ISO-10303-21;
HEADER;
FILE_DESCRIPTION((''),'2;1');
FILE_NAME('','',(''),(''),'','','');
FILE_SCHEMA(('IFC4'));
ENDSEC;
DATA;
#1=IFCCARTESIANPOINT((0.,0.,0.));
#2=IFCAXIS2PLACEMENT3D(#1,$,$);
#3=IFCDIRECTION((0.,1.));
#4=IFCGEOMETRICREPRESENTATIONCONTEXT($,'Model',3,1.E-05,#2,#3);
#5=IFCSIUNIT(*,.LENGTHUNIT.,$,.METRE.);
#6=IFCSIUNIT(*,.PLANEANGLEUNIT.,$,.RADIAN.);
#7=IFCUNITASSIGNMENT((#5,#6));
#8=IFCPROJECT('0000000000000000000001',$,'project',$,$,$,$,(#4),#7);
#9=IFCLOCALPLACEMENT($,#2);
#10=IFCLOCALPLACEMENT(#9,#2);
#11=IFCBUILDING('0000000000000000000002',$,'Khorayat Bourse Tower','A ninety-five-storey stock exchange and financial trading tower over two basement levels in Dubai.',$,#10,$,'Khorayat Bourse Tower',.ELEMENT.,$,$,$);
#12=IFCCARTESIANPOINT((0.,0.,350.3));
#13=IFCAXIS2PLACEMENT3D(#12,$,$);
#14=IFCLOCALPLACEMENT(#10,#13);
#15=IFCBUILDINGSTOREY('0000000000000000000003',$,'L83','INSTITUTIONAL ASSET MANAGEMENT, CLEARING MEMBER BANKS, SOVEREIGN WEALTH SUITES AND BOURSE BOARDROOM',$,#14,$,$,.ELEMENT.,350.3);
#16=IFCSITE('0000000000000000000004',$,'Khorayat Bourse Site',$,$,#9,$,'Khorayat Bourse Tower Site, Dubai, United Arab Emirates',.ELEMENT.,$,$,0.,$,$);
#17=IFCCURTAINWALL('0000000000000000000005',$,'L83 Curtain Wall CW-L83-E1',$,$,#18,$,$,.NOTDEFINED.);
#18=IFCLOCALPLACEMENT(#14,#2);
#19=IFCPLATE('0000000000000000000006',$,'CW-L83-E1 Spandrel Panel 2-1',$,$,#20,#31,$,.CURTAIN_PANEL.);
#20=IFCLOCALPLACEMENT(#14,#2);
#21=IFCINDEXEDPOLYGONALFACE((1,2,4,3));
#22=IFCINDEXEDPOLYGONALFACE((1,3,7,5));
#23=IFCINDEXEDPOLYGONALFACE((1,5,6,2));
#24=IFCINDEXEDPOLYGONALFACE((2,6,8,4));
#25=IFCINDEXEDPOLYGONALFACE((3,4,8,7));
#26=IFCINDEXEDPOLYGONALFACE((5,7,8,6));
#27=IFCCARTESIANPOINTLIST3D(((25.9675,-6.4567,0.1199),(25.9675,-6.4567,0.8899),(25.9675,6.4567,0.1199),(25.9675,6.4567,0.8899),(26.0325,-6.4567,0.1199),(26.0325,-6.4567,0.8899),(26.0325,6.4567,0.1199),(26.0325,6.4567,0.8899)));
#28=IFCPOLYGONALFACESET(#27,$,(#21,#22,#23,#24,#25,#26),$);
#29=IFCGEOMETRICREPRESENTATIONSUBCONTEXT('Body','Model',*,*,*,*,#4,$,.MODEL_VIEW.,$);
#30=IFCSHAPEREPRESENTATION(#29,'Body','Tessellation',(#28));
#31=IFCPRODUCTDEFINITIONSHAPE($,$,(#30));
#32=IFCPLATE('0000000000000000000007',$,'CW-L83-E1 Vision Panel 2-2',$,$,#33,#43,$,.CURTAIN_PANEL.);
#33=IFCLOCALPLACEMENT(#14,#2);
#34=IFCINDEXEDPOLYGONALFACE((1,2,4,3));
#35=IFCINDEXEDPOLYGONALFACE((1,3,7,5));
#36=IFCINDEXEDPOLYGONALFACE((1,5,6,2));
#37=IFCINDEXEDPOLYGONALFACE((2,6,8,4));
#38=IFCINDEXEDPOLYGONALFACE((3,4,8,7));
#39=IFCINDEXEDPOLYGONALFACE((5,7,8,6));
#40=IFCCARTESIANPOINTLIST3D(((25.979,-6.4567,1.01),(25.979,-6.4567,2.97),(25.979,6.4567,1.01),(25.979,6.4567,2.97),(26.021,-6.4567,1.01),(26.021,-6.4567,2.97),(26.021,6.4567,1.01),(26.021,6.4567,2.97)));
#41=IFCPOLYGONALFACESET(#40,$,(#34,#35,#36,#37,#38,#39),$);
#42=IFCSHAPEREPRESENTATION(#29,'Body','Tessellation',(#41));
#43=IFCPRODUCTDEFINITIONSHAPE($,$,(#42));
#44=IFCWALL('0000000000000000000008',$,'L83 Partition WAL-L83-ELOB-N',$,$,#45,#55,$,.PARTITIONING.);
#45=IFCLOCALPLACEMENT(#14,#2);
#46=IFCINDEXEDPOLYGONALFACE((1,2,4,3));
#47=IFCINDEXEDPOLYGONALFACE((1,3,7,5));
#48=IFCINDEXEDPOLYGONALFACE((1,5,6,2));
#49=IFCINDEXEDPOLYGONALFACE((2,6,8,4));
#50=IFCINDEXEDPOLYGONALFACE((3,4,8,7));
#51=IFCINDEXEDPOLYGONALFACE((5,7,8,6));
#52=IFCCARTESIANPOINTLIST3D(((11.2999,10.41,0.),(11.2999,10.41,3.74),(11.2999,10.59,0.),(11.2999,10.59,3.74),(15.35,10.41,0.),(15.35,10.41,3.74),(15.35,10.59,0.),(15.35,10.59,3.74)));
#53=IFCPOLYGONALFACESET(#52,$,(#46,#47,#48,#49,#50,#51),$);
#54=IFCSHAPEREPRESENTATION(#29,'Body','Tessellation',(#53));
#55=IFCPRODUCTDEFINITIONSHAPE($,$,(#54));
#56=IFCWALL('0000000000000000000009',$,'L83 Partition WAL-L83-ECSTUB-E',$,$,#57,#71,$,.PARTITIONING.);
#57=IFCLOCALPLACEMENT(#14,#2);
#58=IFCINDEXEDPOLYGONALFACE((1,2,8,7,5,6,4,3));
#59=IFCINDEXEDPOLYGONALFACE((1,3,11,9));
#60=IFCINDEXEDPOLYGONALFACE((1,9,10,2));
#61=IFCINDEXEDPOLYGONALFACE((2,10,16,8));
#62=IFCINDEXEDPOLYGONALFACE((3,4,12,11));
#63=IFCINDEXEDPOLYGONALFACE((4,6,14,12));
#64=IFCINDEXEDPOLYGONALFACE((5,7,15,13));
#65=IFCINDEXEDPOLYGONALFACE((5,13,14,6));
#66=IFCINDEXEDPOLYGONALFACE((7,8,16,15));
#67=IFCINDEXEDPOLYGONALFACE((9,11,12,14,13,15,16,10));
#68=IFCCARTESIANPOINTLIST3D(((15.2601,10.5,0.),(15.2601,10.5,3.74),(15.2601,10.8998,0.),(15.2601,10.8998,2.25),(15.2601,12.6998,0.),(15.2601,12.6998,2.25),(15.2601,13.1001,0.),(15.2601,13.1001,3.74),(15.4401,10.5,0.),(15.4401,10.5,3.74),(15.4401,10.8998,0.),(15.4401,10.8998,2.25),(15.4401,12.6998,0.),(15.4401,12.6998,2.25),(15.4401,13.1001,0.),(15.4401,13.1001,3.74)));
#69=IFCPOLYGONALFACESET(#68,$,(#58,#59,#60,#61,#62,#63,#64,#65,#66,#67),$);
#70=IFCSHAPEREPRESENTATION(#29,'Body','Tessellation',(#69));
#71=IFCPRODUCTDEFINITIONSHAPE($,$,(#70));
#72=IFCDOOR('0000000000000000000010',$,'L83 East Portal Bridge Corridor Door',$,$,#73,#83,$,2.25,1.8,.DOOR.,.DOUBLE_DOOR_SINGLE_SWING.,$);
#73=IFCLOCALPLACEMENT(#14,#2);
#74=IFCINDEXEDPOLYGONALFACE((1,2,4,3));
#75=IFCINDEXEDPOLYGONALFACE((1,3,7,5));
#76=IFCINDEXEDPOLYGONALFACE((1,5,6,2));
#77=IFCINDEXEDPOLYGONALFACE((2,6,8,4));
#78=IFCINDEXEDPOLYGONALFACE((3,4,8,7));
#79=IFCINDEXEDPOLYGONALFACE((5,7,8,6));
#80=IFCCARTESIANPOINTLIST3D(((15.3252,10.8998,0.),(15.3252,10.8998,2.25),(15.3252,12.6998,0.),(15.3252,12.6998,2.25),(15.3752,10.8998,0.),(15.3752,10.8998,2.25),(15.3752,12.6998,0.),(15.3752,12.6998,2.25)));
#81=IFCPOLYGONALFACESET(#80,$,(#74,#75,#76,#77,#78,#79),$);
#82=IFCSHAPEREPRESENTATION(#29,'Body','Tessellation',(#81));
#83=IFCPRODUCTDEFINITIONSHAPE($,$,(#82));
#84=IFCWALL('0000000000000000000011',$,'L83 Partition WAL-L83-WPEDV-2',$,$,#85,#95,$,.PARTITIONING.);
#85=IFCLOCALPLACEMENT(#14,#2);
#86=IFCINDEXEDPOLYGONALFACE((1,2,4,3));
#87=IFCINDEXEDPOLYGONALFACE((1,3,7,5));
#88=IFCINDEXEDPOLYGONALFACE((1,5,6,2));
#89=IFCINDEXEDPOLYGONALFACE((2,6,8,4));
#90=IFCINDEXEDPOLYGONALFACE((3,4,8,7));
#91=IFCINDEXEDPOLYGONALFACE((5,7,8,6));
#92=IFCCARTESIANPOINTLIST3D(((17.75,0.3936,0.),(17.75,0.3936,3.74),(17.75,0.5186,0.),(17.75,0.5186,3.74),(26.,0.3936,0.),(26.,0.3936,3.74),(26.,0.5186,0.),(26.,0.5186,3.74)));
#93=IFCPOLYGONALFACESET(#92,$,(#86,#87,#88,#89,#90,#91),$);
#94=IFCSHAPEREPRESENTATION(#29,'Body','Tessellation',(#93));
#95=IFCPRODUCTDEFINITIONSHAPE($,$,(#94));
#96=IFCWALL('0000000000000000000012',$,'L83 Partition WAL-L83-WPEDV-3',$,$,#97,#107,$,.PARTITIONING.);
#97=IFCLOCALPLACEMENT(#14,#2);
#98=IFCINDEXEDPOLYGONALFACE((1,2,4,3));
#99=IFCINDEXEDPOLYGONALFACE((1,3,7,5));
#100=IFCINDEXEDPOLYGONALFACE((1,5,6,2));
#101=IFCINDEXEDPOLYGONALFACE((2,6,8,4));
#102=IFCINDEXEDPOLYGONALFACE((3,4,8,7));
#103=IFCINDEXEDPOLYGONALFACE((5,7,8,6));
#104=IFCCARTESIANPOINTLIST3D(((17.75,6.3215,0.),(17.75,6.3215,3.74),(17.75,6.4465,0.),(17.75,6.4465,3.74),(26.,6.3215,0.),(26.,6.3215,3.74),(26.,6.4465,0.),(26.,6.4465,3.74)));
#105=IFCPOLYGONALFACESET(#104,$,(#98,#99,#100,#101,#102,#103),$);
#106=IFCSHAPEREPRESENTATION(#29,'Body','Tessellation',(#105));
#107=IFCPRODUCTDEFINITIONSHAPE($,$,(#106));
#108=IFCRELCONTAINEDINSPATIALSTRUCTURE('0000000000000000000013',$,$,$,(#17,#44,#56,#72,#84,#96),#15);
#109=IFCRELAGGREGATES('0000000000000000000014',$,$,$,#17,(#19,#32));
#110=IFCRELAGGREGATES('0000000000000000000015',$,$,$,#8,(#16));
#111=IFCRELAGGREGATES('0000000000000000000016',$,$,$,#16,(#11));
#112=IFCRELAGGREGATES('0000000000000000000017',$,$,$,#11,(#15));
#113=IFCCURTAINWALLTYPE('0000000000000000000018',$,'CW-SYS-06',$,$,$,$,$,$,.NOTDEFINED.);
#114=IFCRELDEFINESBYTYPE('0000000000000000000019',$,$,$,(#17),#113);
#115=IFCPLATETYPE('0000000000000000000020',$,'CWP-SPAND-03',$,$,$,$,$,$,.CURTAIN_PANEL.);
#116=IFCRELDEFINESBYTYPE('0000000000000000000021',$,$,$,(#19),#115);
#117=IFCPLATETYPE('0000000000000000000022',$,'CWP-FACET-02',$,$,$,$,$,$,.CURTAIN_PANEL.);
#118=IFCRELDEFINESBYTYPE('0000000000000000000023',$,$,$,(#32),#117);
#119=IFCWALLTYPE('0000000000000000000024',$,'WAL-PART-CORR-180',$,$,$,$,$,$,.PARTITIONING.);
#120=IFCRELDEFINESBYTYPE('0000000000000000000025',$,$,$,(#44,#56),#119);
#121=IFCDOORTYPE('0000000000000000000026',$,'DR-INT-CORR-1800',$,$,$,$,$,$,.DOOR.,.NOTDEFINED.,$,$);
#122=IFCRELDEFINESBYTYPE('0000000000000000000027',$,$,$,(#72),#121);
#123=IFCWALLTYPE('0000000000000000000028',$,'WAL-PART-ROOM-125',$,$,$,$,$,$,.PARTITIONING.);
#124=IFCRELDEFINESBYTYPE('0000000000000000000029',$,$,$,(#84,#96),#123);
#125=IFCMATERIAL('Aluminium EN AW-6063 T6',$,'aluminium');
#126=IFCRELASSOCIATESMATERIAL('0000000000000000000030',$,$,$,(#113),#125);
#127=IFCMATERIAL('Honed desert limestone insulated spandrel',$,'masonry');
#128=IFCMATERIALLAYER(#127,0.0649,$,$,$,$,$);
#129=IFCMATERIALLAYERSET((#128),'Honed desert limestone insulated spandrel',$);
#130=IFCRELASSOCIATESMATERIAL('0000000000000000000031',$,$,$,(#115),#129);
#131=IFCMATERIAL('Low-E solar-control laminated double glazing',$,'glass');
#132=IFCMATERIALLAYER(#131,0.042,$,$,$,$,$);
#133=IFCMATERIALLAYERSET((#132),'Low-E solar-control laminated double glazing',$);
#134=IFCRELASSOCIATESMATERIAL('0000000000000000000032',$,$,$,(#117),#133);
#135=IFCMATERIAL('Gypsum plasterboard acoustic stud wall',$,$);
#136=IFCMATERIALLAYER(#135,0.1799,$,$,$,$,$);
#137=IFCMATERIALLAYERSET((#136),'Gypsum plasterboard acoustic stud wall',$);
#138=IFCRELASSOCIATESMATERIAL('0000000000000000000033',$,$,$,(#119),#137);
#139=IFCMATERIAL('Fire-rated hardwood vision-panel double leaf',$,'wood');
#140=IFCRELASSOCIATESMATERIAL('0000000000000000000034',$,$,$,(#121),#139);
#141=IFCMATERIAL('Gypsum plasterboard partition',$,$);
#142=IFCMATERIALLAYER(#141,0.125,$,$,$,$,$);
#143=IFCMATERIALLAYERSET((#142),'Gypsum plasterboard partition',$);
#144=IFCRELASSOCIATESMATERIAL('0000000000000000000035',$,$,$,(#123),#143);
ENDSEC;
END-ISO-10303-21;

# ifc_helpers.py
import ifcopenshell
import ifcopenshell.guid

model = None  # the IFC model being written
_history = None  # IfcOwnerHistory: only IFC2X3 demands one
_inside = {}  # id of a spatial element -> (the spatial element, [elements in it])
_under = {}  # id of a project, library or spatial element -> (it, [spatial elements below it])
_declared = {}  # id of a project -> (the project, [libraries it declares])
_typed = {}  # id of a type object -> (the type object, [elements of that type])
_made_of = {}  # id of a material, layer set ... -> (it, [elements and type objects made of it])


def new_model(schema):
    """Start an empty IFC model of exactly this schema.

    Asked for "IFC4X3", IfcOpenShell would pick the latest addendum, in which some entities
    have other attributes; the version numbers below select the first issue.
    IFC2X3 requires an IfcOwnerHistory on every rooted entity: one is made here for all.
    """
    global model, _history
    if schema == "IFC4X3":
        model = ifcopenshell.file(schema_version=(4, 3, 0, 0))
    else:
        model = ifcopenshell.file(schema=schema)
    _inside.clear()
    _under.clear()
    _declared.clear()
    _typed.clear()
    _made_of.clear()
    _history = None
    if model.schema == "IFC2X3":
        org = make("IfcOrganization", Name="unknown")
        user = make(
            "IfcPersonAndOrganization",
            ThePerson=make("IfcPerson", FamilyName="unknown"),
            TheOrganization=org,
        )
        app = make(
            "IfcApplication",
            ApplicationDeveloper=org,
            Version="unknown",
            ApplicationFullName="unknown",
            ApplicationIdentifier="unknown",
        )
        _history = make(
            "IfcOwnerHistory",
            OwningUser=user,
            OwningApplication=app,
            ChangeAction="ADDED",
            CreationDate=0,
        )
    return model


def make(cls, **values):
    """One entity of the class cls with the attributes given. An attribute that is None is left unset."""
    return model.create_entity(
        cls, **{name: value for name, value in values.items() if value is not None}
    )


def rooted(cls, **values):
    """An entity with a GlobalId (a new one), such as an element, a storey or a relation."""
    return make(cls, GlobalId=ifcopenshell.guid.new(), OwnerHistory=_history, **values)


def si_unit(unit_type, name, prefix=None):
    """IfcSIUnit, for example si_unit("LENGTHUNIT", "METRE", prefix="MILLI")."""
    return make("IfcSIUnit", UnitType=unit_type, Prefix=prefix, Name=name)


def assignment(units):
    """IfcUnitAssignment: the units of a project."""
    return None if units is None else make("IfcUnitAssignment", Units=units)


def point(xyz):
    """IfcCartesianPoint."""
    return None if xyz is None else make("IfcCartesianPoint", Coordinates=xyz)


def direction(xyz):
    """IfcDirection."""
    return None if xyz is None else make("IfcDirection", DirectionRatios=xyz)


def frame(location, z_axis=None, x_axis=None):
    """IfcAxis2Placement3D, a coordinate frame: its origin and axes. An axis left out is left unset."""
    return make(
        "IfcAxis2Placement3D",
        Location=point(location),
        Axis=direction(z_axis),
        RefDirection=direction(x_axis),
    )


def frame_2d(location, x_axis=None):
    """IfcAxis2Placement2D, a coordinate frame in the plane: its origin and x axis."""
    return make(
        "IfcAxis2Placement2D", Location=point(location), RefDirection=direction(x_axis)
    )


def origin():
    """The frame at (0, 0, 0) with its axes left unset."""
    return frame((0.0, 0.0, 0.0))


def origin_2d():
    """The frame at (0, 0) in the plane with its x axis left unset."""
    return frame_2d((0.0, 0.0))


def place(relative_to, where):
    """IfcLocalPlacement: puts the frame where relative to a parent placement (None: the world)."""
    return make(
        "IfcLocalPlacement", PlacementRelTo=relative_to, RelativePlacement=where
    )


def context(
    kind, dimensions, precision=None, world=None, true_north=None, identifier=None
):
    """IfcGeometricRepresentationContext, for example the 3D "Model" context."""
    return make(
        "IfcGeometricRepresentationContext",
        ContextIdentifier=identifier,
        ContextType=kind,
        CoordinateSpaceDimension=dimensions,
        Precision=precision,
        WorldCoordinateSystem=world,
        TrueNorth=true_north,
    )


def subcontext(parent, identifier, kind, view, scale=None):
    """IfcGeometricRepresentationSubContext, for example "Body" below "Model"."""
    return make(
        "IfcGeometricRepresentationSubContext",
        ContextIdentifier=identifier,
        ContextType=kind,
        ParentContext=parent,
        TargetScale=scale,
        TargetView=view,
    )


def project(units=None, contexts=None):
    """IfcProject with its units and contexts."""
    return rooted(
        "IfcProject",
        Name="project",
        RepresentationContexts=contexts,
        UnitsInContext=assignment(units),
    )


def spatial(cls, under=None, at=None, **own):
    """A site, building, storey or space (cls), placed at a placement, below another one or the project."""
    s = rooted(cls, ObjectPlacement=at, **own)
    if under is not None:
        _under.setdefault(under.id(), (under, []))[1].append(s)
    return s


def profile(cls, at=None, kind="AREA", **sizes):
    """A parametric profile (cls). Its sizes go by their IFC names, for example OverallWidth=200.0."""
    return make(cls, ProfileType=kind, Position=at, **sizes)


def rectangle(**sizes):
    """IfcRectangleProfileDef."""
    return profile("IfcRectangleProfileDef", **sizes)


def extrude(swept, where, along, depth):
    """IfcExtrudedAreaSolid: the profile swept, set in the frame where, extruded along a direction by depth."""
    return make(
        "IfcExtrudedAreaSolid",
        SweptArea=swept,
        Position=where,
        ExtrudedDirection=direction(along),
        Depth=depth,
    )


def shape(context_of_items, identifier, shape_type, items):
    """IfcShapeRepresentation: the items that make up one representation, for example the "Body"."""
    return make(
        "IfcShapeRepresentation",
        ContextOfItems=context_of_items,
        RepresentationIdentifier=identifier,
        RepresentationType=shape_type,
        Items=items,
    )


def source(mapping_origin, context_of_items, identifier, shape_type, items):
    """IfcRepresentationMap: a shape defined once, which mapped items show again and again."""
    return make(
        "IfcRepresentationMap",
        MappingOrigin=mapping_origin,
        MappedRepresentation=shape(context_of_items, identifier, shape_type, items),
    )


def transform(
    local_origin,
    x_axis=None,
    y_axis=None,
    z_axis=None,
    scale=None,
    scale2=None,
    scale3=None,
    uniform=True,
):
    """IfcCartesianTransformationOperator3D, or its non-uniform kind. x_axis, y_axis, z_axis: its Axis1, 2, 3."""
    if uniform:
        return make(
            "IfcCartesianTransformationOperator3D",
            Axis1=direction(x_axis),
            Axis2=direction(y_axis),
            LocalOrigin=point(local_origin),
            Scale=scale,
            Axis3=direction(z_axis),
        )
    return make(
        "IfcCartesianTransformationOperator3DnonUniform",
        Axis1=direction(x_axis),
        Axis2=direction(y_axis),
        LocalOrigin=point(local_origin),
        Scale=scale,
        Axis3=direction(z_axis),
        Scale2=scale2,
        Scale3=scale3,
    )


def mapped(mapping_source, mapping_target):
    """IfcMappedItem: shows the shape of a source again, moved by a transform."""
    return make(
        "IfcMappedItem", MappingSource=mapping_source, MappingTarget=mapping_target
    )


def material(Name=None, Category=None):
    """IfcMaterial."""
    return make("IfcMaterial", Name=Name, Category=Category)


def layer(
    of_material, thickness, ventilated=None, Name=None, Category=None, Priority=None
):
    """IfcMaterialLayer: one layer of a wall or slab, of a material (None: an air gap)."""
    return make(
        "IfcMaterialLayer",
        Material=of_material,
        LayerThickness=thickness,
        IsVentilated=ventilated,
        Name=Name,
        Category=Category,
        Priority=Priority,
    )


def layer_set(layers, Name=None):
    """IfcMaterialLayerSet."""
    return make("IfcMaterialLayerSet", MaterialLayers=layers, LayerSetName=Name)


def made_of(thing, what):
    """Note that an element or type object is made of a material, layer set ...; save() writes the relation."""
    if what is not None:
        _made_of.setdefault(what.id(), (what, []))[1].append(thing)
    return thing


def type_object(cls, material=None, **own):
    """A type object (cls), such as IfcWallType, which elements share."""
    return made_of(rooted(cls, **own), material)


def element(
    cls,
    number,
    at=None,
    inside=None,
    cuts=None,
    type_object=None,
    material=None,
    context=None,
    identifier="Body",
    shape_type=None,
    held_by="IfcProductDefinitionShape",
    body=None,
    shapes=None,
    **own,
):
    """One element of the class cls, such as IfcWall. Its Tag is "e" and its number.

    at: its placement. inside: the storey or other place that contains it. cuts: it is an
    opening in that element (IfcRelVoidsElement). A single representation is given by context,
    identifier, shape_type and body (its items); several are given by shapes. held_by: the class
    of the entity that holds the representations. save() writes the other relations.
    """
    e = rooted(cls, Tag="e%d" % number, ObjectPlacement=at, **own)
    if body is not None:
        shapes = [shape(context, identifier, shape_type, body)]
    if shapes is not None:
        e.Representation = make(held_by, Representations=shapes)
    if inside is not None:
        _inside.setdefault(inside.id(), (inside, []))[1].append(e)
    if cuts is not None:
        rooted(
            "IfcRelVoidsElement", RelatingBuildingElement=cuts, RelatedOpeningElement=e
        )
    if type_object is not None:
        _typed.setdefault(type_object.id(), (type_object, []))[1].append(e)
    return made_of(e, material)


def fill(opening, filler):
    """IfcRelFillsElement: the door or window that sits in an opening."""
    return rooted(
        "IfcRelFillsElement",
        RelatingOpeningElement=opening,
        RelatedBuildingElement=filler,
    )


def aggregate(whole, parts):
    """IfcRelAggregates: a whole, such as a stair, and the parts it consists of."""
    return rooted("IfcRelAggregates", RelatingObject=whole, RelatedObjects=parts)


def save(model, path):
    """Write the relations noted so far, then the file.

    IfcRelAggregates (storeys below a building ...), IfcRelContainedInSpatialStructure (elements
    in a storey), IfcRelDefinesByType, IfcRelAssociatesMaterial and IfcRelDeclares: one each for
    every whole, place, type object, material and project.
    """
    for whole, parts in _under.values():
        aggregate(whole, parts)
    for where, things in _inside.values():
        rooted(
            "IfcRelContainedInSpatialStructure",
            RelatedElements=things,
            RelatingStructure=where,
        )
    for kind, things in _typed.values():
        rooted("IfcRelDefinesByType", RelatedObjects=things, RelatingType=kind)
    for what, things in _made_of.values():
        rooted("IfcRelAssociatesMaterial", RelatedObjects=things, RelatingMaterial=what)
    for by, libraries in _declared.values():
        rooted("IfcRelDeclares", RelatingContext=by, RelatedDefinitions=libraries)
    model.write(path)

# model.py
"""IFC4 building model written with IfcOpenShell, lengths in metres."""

from ifc_helpers import new_model, si_unit, direction, frame, frame_2d, origin, origin_2d, place, context, subcontext, project, spatial, rectangle, extrude, source, transform, mapped, material, layer, layer_set, type_object, element, fill, aggregate, save


model = new_model("IFC4")

# Units and contexts
model_context = context("Model", 3, precision=1e-05, world=origin(), true_north=direction((0.0, 1.0)))
body_context = subcontext(model_context, "Body", "Model", "MODEL_VIEW")
ifc_project = project(units=[si_unit("LENGTHUNIT", "METRE"), si_unit("PLANEANGLEUNIT", "RADIAN")], contexts=[model_context])

# Site, building, storey
site_placement = place(None, origin())
site = spatial("IfcSite", under=ifc_project, at=site_placement, Name="Khorayat Bourse Site", LongName="Khorayat Bourse Tower Site, Dubai, United Arab Emirates", CompositionType="ELEMENT", RefElevation=0.0)
building_placement = place(site_placement, origin())
building = spatial("IfcBuilding", under=site, at=building_placement, Name="Khorayat Bourse Tower", Description="A ninety-five-storey stock exchange and financial trading tower over two basement levels in Dubai.", LongName="Khorayat Bourse Tower", CompositionType="ELEMENT")
storey_placement = place(building_placement, frame((0.0, 0.0, 350.3)))
storey = spatial("IfcBuildingStorey", under=building, at=storey_placement, Name="L83", Description="INSTITUTIONAL ASSET MANAGEMENT, CLEARING MEMBER BANKS, SOVEREIGN WEALTH SUITES AND BOURSE BOARDROOM", CompositionType="ELEMENT", Elevation=350.3)

# Curtain wall
ifc_material_1 = material(Name="Aluminium EN AW-6063 T6", Category="aluminium")
curtain_wall_type = type_object("IfcCurtainWallType", Name="CW-SYS-06", PredefinedType="NOTDEFINED", material=ifc_material_1)
curtain_wall_placement = place(storey_placement, origin())
curtain_wall = element("IfcCurtainWall", 1, at=curtain_wall_placement, inside=storey, type_object=curtain_wall_type, Name="L83 Curtain Wall CW-L83-E1", PredefinedType="NOTDEFINED")

# Plates
ifc_material_2 = material(Name="Honed desert limestone insulated spandrel", Category="masonry")
ifc_layer_1 = layer(ifc_material_2, 0.0649)
ifc_layer_set_1 = layer_set([ifc_layer_1], Name="Honed desert limestone insulated spandrel")
plate_type_1 = type_object("IfcPlateType", Name="CWP-SPAND-03", PredefinedType="CURTAIN_PANEL", material=ifc_layer_set_1)
shared_shape_1 = source(origin(), body_context, "Body", "SweptSolid", [
    extrude(rectangle(XDim=12.9133, YDim=0.0649, at=origin_2d()), origin(), (0.0, 0.0, 1.0), 0.77),
])
plate_1_placement = place(storey_placement, frame((26.0, 0.0, 0.1199), z_axis=(0.0, 0.0, 1.0), x_axis=(0.0, 1.0, 0.0)))
plate_1 = element("IfcPlate", 2, at=plate_1_placement, type_object=plate_type_1, Name="CW-L83-E1 Spandrel Panel 2-1", PredefinedType="CURTAIN_PANEL", context=body_context, shape_type="MappedRepresentation", body=[
    mapped(shared_shape_1, transform((0.0, 0.0, 0.0), scale=1.0)),
])
ifc_material_3 = material(Name="Low-E solar-control laminated double glazing", Category="glass")
ifc_layer_2 = layer(ifc_material_3, 0.042)
ifc_layer_set_2 = layer_set([ifc_layer_2], Name="Low-E solar-control laminated double glazing")
plate_type_2 = type_object("IfcPlateType", Name="CWP-FACET-02", PredefinedType="CURTAIN_PANEL", material=ifc_layer_set_2)
shared_shape_2 = source(origin(), body_context, "Body", "SweptSolid", [
    extrude(rectangle(XDim=12.9133, YDim=0.042, at=origin_2d()), origin(), (0.0, 0.0, 1.0), 1.96),
])
plate_2_placement = place(storey_placement, frame((26.0, 0.0, 1.01), z_axis=(0.0, 0.0, 1.0), x_axis=(0.0, 1.0, 0.0)))
plate_2 = element("IfcPlate", 3, at=plate_2_placement, type_object=plate_type_2, Name="CW-L83-E1 Vision Panel 2-2", PredefinedType="CURTAIN_PANEL", context=body_context, shape_type="MappedRepresentation", body=[
    mapped(shared_shape_2, transform((0.0, 0.0, 0.0), scale=1.0)),
])
aggregate(curtain_wall, [plate_1, plate_2])

# Wall
ifc_material_4 = material(Name="Gypsum plasterboard acoustic stud wall")
ifc_layer_3 = layer(ifc_material_4, 0.1799)
ifc_layer_set_3 = layer_set([ifc_layer_3], Name="Gypsum plasterboard acoustic stud wall")
wall_type_1 = type_object("IfcWallType", Name="WAL-PART-CORR-180", PredefinedType="PARTITIONING", material=ifc_layer_set_3)
shared_shape_3 = source(origin(), body_context, "Body", "SweptSolid", [
    extrude(rectangle(XDim=4.05, YDim=0.1799, at=frame_2d((2.0249, 0.0))), origin(), (0.0, 0.0, 1.0), 3.74),
])
wall_1_placement = place(storey_placement, frame((11.3, 10.5, 0.0), z_axis=(0.0, 0.0, 1.0), x_axis=(1.0, 0.0, 0.0)))
element("IfcWall", 4, at=wall_1_placement, inside=storey, type_object=wall_type_1, Name="L83 Partition WAL-L83-ELOB-N", PredefinedType="PARTITIONING", context=body_context, shape_type="MappedRepresentation", body=[
    mapped(shared_shape_3, transform((0.0, 0.0, 0.0), scale=1.0)),
])

# Wall, opening, door
shared_shape_4 = source(origin(), body_context, "Body", "SweptSolid", [
    extrude(rectangle(XDim=2.6001, YDim=0.1799, at=frame_2d((1.3, 0.0))), origin(), (0.0, 0.0, 1.0), 3.74),
])
wall_2_placement = place(storey_placement, frame((15.3501, 10.5, 0.0), z_axis=(0.0, 0.0, 1.0), x_axis=(0.0, 1.0, 0.0)))
wall_2 = element("IfcWall", 5, at=wall_2_placement, inside=storey, type_object=wall_type_1, Name="L83 Partition WAL-L83-ECSTUB-E", PredefinedType="PARTITIONING", context=body_context, shape_type="MappedRepresentation", body=[
    mapped(shared_shape_4, transform((0.0, 0.0, 0.0), scale=1.0)),
])
shared_shape_5 = source(origin(), body_context, "Body", "SweptSolid", [
    extrude(rectangle(XDim=1.8, YDim=2.25, at=frame_2d((0.8999, 1.125))), frame((0.0, 0.0999, 0.0), z_axis=(0.0, -1.0, 0.0), x_axis=(1.0, 0.0, 0.0)), (0.0, 0.0, 1.0), 0.2),
])
opening_placement = place(wall_2_placement, frame((0.3999, 0.0, 0.0)))
opening = element("IfcOpeningElement", 6, at=opening_placement, cuts=wall_2, PredefinedType="OPENING", context=body_context, shape_type="MappedRepresentation", body=[
    mapped(shared_shape_5, transform((0.0, 0.0, 0.0), scale=1.0)),
])
ifc_material_5 = material(Name="Fire-rated hardwood vision-panel double leaf", Category="wood")
door_type = type_object("IfcDoorType", Name="DR-INT-CORR-1800", OperationType="NOTDEFINED", PredefinedType="DOOR", material=ifc_material_5)
shared_shape_6 = source(origin(), body_context, "Body", "SweptSolid", [
    extrude(rectangle(XDim=1.8, YDim=2.25, at=frame_2d((0.8999, 1.125))), frame((0.0, 0.0249, 0.0), z_axis=(0.0, -1.0, 0.0), x_axis=(1.0, 0.0, 0.0)), (0.0, 0.0, 1.0), 0.05),
])
door_placement = place(opening_placement, origin())
door = element("IfcDoor", 7, at=door_placement, inside=storey, type_object=door_type, Name="L83 East Portal Bridge Corridor Door", OperationType="DOUBLE_DOOR_SINGLE_SWING", OverallHeight=2.25, OverallWidth=1.8, PredefinedType="DOOR", context=body_context, shape_type="MappedRepresentation", body=[
    mapped(shared_shape_6, transform((0.0, 0.0, 0.0), scale=1.0)),
])
fill(opening, door)

# Walls
ifc_material_6 = material(Name="Gypsum plasterboard partition")
ifc_layer_4 = layer(ifc_material_6, 0.125)
ifc_layer_set_4 = layer_set([ifc_layer_4], Name="Gypsum plasterboard partition")
wall_type_2 = type_object("IfcWallType", Name="WAL-PART-ROOM-125", PredefinedType="PARTITIONING", material=ifc_layer_set_4)
shared_shape_7 = source(origin(), body_context, "Body", "SweptSolid", [
    extrude(rectangle(XDim=8.25, YDim=0.125, at=frame_2d((4.125, 0.0))), origin(), (0.0, 0.0, 1.0), 3.74),
])
for number, where, z_axis, x_axis, name in (
    (8, (17.75, 0.4561, 0.0), (0.0, 0.0, 1.0), (1.0, 0.0, 0.0), "L83 Partition WAL-L83-WPEDV-2"),
    (9, (17.75, 6.384, 0.0), (0.0, 0.0, 1.0), (1.0, 0.0, 0.0), "L83 Partition WAL-L83-WPEDV-3"),
):
    element("IfcWall", number, at=place(storey_placement, frame(where, z_axis=z_axis, x_axis=x_axis)), inside=storey, type_object=wall_type_2, Name=name, PredefinedType="PARTITIONING", context=body_context, shape_type="MappedRepresentation", body=[
        mapped(shared_shape_7, transform((0.0, 0.0, 0.0), scale=1.0)),
    ])

save(model, "model.ifc")
